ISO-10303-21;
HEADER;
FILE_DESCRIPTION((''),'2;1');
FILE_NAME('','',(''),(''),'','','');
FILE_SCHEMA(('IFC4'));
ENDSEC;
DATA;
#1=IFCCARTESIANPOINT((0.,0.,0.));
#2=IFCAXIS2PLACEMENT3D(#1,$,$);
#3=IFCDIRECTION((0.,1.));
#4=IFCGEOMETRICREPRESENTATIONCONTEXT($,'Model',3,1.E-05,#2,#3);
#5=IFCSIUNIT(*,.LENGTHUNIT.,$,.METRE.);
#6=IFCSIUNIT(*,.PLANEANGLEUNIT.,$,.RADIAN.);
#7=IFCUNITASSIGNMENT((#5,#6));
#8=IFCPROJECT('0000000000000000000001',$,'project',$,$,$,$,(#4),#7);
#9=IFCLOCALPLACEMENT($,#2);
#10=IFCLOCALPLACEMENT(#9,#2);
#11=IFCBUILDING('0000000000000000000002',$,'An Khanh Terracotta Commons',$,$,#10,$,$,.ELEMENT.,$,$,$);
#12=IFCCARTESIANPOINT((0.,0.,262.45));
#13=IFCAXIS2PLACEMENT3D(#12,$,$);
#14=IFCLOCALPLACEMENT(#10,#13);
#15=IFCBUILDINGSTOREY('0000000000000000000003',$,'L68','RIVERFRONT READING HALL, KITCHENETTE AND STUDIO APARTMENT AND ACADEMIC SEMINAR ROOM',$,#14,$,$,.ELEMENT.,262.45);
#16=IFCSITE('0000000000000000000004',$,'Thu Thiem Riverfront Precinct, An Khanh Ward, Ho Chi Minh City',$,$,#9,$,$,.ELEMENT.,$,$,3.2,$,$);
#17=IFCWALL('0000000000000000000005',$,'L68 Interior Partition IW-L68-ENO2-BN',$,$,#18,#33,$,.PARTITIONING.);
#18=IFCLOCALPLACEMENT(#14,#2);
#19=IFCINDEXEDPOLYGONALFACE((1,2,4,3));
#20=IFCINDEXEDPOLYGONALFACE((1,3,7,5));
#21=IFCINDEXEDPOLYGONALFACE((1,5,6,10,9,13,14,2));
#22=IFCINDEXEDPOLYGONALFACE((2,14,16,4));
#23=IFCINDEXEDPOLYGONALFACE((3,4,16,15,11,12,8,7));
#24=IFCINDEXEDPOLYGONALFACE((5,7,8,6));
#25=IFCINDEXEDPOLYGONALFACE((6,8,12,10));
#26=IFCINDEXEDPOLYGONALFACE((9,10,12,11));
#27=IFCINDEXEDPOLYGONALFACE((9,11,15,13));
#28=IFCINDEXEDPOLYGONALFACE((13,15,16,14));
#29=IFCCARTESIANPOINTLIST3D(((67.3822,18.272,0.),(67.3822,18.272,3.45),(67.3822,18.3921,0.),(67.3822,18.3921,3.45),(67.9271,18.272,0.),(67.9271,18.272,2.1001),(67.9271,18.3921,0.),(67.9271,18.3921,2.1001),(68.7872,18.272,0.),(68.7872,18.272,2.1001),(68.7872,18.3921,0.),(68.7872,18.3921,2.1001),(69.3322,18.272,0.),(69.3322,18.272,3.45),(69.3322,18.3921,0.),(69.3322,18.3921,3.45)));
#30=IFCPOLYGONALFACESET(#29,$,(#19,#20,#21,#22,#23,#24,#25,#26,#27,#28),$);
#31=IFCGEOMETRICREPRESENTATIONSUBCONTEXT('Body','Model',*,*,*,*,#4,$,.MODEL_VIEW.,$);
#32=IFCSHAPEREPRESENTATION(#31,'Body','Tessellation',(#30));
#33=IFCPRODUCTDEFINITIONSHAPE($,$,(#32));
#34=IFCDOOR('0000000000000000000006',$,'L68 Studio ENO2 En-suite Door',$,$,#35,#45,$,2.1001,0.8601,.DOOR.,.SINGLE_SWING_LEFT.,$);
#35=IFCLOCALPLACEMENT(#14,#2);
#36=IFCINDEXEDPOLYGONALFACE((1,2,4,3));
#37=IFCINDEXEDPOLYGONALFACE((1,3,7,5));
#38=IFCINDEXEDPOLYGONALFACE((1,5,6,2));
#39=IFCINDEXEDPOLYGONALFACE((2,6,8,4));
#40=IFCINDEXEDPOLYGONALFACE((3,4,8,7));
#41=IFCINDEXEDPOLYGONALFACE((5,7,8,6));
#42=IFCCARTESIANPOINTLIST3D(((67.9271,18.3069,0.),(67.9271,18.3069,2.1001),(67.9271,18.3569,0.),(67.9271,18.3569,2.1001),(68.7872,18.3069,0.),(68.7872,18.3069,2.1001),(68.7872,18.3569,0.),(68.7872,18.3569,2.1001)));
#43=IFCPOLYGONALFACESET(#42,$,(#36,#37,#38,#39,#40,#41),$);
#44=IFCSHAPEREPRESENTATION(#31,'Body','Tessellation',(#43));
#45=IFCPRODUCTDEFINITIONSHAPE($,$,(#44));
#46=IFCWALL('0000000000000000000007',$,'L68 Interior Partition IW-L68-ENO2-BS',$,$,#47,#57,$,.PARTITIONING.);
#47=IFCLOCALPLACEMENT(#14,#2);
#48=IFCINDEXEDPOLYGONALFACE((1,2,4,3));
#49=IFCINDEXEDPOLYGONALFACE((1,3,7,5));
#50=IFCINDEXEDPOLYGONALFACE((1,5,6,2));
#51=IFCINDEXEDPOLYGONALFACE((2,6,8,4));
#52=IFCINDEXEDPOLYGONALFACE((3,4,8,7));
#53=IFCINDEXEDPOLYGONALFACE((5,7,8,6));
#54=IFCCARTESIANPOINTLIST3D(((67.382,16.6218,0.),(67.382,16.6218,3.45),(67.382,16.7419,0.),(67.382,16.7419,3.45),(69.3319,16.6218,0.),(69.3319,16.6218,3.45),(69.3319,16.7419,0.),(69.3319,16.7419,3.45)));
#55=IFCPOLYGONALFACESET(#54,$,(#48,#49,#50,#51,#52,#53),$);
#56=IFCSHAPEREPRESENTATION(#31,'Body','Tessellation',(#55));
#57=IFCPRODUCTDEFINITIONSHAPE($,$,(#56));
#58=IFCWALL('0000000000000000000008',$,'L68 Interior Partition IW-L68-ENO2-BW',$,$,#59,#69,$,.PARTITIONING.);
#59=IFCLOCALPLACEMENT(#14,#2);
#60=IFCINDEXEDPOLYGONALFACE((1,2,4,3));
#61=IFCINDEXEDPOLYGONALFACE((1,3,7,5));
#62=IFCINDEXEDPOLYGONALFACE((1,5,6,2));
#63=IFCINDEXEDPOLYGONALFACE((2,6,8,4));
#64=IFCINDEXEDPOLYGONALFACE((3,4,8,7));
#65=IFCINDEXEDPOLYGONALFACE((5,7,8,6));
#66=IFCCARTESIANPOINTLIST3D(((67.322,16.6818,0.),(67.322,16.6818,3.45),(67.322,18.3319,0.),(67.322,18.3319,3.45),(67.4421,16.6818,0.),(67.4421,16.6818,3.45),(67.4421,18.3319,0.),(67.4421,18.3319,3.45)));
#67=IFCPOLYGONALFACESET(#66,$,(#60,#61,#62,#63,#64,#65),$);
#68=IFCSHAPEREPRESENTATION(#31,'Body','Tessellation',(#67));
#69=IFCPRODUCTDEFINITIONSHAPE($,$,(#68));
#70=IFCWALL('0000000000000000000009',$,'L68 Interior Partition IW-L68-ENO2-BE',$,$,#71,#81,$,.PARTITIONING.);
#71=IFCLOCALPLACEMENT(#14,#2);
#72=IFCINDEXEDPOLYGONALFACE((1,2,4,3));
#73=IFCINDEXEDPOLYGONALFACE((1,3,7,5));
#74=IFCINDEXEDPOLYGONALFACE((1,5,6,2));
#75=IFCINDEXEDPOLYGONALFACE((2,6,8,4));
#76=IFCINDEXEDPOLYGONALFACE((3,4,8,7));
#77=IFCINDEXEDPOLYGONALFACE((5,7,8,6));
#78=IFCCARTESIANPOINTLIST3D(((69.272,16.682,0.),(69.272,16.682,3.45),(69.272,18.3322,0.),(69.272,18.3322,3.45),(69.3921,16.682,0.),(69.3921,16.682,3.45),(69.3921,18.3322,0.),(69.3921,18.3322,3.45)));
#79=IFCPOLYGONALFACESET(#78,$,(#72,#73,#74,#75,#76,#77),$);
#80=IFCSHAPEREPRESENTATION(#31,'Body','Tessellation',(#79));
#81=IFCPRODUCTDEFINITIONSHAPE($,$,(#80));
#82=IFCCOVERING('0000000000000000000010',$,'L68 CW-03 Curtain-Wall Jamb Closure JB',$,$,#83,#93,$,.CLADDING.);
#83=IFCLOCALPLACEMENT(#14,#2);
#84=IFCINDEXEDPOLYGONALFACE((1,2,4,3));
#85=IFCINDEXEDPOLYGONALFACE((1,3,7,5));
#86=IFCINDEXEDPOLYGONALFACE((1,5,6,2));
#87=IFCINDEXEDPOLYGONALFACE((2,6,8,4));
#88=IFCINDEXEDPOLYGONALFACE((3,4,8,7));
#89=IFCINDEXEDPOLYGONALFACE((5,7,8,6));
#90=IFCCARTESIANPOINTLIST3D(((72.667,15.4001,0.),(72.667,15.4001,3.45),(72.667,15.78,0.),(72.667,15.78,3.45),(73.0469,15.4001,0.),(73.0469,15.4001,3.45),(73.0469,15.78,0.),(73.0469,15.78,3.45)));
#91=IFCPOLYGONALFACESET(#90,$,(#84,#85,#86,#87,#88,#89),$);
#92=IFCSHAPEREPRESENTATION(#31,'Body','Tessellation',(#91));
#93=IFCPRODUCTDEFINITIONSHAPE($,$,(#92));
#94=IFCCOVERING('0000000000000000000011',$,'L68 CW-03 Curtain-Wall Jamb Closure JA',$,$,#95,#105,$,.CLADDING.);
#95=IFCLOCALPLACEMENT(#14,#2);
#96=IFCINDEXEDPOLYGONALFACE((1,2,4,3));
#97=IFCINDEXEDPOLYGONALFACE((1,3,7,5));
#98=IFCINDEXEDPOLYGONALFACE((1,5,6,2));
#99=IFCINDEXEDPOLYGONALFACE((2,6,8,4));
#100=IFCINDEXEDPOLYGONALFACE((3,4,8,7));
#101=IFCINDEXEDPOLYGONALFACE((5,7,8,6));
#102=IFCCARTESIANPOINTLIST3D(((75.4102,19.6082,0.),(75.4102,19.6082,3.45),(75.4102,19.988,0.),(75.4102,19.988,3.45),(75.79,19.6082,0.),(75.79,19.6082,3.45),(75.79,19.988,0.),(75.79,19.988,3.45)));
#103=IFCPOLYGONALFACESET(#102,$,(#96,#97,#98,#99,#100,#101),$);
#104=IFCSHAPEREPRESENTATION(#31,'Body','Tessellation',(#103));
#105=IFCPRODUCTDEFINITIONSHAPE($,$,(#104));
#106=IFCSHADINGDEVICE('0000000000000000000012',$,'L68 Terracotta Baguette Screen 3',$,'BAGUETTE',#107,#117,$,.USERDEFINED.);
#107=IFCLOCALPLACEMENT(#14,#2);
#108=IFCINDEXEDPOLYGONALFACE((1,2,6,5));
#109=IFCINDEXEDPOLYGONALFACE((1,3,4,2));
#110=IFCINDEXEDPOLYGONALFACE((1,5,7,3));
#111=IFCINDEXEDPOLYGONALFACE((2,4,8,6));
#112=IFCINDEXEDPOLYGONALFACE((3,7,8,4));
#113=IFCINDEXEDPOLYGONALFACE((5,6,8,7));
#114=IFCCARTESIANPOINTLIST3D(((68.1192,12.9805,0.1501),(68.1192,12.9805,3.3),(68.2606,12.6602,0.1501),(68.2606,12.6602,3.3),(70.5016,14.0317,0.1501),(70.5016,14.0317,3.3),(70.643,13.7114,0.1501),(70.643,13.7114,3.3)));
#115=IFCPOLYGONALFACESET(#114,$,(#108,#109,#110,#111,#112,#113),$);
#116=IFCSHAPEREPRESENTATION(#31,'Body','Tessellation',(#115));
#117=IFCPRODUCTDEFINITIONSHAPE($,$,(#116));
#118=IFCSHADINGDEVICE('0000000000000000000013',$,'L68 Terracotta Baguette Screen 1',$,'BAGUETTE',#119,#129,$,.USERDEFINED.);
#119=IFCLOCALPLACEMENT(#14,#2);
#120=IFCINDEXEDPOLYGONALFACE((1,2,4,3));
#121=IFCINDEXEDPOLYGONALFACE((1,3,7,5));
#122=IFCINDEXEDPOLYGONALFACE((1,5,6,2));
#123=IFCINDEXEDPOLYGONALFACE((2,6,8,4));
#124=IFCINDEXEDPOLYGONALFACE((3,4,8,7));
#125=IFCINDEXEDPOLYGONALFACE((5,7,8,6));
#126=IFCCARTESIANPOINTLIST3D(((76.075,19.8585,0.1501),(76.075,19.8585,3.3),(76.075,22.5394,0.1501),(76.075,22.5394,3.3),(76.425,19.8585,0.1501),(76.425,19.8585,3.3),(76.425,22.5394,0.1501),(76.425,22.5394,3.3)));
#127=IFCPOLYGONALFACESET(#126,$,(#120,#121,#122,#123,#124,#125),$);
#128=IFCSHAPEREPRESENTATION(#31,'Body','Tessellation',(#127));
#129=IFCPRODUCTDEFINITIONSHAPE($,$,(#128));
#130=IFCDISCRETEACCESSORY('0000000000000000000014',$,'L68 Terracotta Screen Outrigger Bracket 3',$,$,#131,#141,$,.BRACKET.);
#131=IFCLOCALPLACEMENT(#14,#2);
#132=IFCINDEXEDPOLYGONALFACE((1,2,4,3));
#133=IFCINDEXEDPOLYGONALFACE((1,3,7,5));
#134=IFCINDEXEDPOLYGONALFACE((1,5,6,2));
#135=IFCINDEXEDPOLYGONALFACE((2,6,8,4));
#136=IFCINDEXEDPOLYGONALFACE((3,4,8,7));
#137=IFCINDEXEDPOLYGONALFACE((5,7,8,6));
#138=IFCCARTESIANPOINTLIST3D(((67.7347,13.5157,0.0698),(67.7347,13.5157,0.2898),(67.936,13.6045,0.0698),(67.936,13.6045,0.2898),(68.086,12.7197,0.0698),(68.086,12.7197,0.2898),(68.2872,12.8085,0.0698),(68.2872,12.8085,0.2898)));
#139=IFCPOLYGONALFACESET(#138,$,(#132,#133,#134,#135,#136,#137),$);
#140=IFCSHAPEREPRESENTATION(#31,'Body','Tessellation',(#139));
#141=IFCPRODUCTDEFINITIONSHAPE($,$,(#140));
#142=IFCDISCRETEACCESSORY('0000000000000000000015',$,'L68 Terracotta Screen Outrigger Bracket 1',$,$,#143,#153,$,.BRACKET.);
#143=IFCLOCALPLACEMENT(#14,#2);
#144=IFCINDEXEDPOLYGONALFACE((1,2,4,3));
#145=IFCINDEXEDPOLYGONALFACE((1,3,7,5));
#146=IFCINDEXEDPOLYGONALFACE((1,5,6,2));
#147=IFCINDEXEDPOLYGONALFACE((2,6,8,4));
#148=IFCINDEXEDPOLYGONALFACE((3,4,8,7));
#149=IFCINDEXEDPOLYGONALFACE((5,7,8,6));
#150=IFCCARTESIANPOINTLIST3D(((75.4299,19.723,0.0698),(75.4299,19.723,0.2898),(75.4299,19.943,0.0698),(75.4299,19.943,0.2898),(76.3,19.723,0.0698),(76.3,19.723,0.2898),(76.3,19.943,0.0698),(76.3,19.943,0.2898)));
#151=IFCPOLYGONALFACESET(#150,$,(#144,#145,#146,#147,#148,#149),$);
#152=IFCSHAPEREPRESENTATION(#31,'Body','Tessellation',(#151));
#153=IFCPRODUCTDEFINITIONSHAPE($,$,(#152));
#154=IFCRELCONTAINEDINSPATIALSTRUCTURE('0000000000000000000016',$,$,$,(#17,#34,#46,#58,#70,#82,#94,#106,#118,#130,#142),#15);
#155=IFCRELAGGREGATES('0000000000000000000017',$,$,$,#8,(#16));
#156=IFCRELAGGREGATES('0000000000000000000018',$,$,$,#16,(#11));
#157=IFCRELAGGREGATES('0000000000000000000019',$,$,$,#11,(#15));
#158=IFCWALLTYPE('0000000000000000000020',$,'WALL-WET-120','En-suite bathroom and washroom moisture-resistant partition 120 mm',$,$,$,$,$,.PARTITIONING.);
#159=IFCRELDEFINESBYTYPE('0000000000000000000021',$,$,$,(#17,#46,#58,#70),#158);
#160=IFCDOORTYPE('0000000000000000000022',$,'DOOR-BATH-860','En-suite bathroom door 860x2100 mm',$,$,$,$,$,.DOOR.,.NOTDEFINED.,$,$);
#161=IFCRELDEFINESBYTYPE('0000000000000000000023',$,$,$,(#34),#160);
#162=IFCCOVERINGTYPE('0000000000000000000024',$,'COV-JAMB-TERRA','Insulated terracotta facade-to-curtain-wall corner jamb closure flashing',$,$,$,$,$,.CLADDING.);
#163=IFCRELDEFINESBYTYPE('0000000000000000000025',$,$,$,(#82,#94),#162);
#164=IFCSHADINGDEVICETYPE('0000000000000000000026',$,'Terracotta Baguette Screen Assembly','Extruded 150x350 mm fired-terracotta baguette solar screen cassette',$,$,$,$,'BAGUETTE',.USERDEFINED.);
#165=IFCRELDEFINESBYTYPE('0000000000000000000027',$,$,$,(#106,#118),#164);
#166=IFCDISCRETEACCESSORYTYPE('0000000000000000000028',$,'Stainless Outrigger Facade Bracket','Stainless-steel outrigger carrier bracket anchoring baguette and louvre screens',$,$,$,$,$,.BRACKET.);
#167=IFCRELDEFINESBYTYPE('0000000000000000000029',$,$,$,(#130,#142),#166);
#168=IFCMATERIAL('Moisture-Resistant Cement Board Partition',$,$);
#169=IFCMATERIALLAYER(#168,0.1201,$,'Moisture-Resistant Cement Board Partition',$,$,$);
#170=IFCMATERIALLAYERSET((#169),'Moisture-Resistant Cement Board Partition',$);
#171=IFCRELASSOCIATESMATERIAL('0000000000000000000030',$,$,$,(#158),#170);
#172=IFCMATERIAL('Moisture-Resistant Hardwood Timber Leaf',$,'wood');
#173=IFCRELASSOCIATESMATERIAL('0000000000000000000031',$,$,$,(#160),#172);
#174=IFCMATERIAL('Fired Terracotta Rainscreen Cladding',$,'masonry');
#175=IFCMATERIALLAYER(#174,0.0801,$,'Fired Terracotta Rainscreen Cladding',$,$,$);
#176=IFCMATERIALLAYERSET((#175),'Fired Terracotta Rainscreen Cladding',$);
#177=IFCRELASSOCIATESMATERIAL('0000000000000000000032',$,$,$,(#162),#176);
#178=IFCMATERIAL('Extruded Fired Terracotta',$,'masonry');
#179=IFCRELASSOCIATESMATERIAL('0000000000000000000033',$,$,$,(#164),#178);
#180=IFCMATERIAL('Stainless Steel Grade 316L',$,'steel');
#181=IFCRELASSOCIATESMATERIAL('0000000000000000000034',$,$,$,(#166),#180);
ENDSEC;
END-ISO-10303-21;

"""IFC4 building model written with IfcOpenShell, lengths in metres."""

from ifc_helpers import new_model, si_unit, direction, frame, frame_2d, origin, origin_2d, place, context, subcontext, project, spatial, rectangle, extrude, material, layer, layer_set, type_object, element, fill, save


model = new_model("IFC4")

# Units and contexts
model_context = context("Model", 3, precision=1e-05, world=origin(), true_north=direction((0.0, 1.0)))
body_context = subcontext(model_context, "Body", "Model", "MODEL_VIEW")
ifc_project = project(units=[si_unit("LENGTHUNIT", "METRE"), si_unit("PLANEANGLEUNIT", "RADIAN")], contexts=[model_context])

# Site, building, storey
site_placement = place(None, origin())
site = spatial("IfcSite", under=ifc_project, at=site_placement, Name="Thu Thiem Riverfront Precinct, An Khanh Ward, Ho Chi Minh City", CompositionType="ELEMENT", RefElevation=3.2)
building_placement = place(site_placement, origin())
building = spatial("IfcBuilding", under=site, at=building_placement, Name="An Khanh Terracotta Commons", CompositionType="ELEMENT")
storey_placement = place(building_placement, frame((0.0, 0.0, 262.45)))
storey = spatial("IfcBuildingStorey", under=building, at=storey_placement, Name="L68", Description="RIVERFRONT READING HALL, KITCHENETTE AND STUDIO APARTMENT AND ACADEMIC SEMINAR ROOM", CompositionType="ELEMENT", Elevation=262.45)

# Wall, opening, door
ifc_material_1 = material(Name="Moisture-Resistant Cement Board Partition")
ifc_layer_1 = layer(ifc_material_1, 0.1201, Name="Moisture-Resistant Cement Board Partition")
ifc_layer_set_1 = layer_set([ifc_layer_1], Name="Moisture-Resistant Cement Board Partition")
wall_type_1 = type_object("IfcWallType", Name="WALL-WET-120", Description="En-suite bathroom and washroom moisture-resistant partition 120 mm", PredefinedType="PARTITIONING", material=ifc_layer_set_1)
wall_1_placement = place(storey_placement, frame((67.3821, 18.332, 0.0), z_axis=(0.0, 0.0, 1.0), x_axis=(1.0, 0.0, 0.0)))
wall_1 = element("IfcWall", 1, at=wall_1_placement, inside=storey, type_object=wall_type_1, Name="L68 Interior Partition IW-L68-ENO2-BN", PredefinedType="PARTITIONING", context=body_context, shape_type="SweptSolid", body=[
    extrude(rectangle(XDim=1.95, YDim=0.1201, at=frame_2d((0.9751, 0.0))), origin(), (0.0, 0.0, 1.0), 3.45),
])
opening_placement = place(wall_1_placement, frame((0.5449, 0.0, 0.0)))
opening = element("IfcOpeningElement", 2, at=opening_placement, cuts=wall_1, PredefinedType="OPENING", context=body_context, shape_type="SweptSolid", body=[
    extrude(rectangle(XDim=0.8601, YDim=2.1001, at=frame_2d((0.4302, 1.05))), frame((0.0, 0.0701, 0.0), z_axis=(0.0, -1.0, 0.0), x_axis=(1.0, 0.0, 0.0)), (0.0, 0.0, 1.0), 0.1401),
])
ifc_material_2 = material(Name="Moisture-Resistant Hardwood Timber Leaf", Category="wood")
door_type = type_object("IfcDoorType", Name="DOOR-BATH-860", Description="En-suite bathroom door 860x2100 mm", OperationType="NOTDEFINED", PredefinedType="DOOR", material=ifc_material_2)
door_placement = place(opening_placement, origin())
door = element("IfcDoor", 3, at=door_placement, inside=storey, type_object=door_type, Name="L68 Studio ENO2 En-suite Door", OperationType="SINGLE_SWING_LEFT", OverallHeight=2.1001, OverallWidth=0.8601, PredefinedType="DOOR", context=body_context, shape_type="SweptSolid", body=[
    extrude(rectangle(XDim=0.8601, YDim=2.1001, at=frame_2d((0.4302, 1.05))), frame((0.0, 0.0249, 0.0), z_axis=(0.0, -1.0, 0.0), x_axis=(1.0, 0.0, 0.0)), (0.0, 0.0, 1.0), 0.05),
])
fill(opening, door)

# Walls
wall_2_placement = place(storey_placement, frame((69.332, 16.6819, 0.0), z_axis=(0.0, 0.0, 1.0), x_axis=(-1.0, 0.0, 0.0)))
element("IfcWall", 4, at=wall_2_placement, inside=storey, type_object=wall_type_1, Name="L68 Interior Partition IW-L68-ENO2-BS", PredefinedType="PARTITIONING", context=body_context, shape_type="SweptSolid", body=[
    extrude(rectangle(XDim=1.95, YDim=0.1201, at=frame_2d((0.9751, 0.0))), origin(), (0.0, 0.0, 1.0), 3.45),
])
for number, where, z_axis, x_axis, name in (
    (5, (67.3821, 18.332, 0.0), (0.0, 0.0, 1.0), (0.0, -1.0, 0.0), "L68 Interior Partition IW-L68-ENO2-BW"),
    (6, (69.332, 16.6819, 0.0), (0.0, 0.0, 1.0), (0.0, 1.0, 0.0), "L68 Interior Partition IW-L68-ENO2-BE"),
):
    element("IfcWall", number, at=place(storey_placement, frame(where, z_axis=z_axis, x_axis=x_axis)), inside=storey, type_object=wall_type_1, Name=name, PredefinedType="PARTITIONING", context=body_context, shape_type="SweptSolid", body=[
        extrude(rectangle(XDim=1.6501, YDim=0.1201, at=frame_2d((0.8252, 0.0))), origin(), (0.0, 0.0, 1.0), 3.45),
    ])

# Coverings
ifc_material_3 = material(Name="Fired Terracotta Rainscreen Cladding", Category="masonry")
ifc_layer_2 = layer(ifc_material_3, 0.0801, Name="Fired Terracotta Rainscreen Cladding")
ifc_layer_set_2 = layer_set([ifc_layer_2], Name="Fired Terracotta Rainscreen Cladding")
covering_type = type_object("IfcCoveringType", Name="COV-JAMB-TERRA", Description="Insulated terracotta facade-to-curtain-wall corner jamb closure flashing", PredefinedType="CLADDING", material=ifc_layer_set_2)
for number, where, z_axis, x_axis, name in (
    (7, (72.8569, 15.5901, 0.0), (0.0, 0.0, 1.0), (1.0, 0.0, 0.0), "L68 CW-03 Curtain-Wall Jamb Closure JB"),
    (8, (75.6001, 19.7981, 0.0), (0.0, 0.0, 1.0), (1.0, 0.0, 0.0), "L68 CW-03 Curtain-Wall Jamb Closure JA"),
):
    element("IfcCovering", number, at=place(storey_placement, frame(where, z_axis=z_axis, x_axis=x_axis)), inside=storey, type_object=covering_type, Name=name, PredefinedType="CLADDING", context=body_context, shape_type="SweptSolid", body=[
        extrude(rectangle(XDim=0.3799, YDim=0.3799, at=origin_2d()), origin(), (0.0, 0.0, 1.0), 3.45),
    ])

# Shading devices
ifc_material_4 = material(Name="Extruded Fired Terracotta", Category="masonry")
shading_device_type = type_object("IfcShadingDeviceType", Name="Terracotta Baguette Screen Assembly", Description="Extruded 150x350 mm fired-terracotta baguette solar screen cassette", ElementType="BAGUETTE", PredefinedType="USERDEFINED", material=ifc_material_4)
shading_device_1_placement = place(storey_placement, frame((69.3811, 13.3459, 0.1501), z_axis=(0.0, 0.0, 1.0), x_axis=(0.914902, 0.403676, 0.0)))
element("IfcShadingDevice", 9, at=shading_device_1_placement, inside=storey, type_object=shading_device_type, Name="L68 Terracotta Baguette Screen 3", ObjectType="BAGUETTE", PredefinedType="USERDEFINED", context=body_context, shape_type="SweptSolid", body=[
    extrude(rectangle(XDim=2.604, YDim=0.3501, at=origin_2d()), origin(), (0.0, 0.0, 1.0), 3.1499),
])
shading_device_2_placement = place(storey_placement, frame((76.25, 21.199, 0.1501), z_axis=(0.0, 0.0, 1.0), x_axis=(0.0, 1.0, 0.0)))
element("IfcShadingDevice", 10, at=shading_device_2_placement, inside=storey, type_object=shading_device_type, Name="L68 Terracotta Baguette Screen 1", ObjectType="BAGUETTE", PredefinedType="USERDEFINED", context=body_context, shape_type="SweptSolid", body=[
    extrude(rectangle(XDim=2.6809, YDim=0.3501, at=origin_2d()), origin(), (0.0, 0.0, 1.0), 3.1499),
])

# Discrete accessories
ifc_material_5 = material(Name="Stainless Steel Grade 316L", Category="steel")
discrete_accessory_type = type_object("IfcDiscreteAccessoryType", Name="Stainless Outrigger Facade Bracket", Description="Stainless-steel outrigger carrier bracket anchoring baguette and louvre screens", PredefinedType="BRACKET", material=ifc_material_5)
for number, where, z_axis, x_axis, name in (
    (11, (68.011, 13.1621, 0.0698), (0.0, 0.0, 1.0), (0.914902, 0.403676, 0.0), "L68 Terracotta Screen Outrigger Bracket 3"),
    (12, (75.865, 19.833, 0.0698), (0.0, 0.0, 1.0), (0.0, 1.0, 0.0), "L68 Terracotta Screen Outrigger Bracket 1"),
):
    element("IfcDiscreteAccessory", number, at=place(storey_placement, frame(where, z_axis=z_axis, x_axis=x_axis)), inside=storey, type_object=discrete_accessory_type, Name=name, PredefinedType="BRACKET", context=body_context, shape_type="SweptSolid", body=[
        extrude(rectangle(XDim=0.22, YDim=0.8701, at=origin_2d()), origin(), (0.0, 0.0, 1.0), 0.22),
    ])

save(model, "model.ifc")
